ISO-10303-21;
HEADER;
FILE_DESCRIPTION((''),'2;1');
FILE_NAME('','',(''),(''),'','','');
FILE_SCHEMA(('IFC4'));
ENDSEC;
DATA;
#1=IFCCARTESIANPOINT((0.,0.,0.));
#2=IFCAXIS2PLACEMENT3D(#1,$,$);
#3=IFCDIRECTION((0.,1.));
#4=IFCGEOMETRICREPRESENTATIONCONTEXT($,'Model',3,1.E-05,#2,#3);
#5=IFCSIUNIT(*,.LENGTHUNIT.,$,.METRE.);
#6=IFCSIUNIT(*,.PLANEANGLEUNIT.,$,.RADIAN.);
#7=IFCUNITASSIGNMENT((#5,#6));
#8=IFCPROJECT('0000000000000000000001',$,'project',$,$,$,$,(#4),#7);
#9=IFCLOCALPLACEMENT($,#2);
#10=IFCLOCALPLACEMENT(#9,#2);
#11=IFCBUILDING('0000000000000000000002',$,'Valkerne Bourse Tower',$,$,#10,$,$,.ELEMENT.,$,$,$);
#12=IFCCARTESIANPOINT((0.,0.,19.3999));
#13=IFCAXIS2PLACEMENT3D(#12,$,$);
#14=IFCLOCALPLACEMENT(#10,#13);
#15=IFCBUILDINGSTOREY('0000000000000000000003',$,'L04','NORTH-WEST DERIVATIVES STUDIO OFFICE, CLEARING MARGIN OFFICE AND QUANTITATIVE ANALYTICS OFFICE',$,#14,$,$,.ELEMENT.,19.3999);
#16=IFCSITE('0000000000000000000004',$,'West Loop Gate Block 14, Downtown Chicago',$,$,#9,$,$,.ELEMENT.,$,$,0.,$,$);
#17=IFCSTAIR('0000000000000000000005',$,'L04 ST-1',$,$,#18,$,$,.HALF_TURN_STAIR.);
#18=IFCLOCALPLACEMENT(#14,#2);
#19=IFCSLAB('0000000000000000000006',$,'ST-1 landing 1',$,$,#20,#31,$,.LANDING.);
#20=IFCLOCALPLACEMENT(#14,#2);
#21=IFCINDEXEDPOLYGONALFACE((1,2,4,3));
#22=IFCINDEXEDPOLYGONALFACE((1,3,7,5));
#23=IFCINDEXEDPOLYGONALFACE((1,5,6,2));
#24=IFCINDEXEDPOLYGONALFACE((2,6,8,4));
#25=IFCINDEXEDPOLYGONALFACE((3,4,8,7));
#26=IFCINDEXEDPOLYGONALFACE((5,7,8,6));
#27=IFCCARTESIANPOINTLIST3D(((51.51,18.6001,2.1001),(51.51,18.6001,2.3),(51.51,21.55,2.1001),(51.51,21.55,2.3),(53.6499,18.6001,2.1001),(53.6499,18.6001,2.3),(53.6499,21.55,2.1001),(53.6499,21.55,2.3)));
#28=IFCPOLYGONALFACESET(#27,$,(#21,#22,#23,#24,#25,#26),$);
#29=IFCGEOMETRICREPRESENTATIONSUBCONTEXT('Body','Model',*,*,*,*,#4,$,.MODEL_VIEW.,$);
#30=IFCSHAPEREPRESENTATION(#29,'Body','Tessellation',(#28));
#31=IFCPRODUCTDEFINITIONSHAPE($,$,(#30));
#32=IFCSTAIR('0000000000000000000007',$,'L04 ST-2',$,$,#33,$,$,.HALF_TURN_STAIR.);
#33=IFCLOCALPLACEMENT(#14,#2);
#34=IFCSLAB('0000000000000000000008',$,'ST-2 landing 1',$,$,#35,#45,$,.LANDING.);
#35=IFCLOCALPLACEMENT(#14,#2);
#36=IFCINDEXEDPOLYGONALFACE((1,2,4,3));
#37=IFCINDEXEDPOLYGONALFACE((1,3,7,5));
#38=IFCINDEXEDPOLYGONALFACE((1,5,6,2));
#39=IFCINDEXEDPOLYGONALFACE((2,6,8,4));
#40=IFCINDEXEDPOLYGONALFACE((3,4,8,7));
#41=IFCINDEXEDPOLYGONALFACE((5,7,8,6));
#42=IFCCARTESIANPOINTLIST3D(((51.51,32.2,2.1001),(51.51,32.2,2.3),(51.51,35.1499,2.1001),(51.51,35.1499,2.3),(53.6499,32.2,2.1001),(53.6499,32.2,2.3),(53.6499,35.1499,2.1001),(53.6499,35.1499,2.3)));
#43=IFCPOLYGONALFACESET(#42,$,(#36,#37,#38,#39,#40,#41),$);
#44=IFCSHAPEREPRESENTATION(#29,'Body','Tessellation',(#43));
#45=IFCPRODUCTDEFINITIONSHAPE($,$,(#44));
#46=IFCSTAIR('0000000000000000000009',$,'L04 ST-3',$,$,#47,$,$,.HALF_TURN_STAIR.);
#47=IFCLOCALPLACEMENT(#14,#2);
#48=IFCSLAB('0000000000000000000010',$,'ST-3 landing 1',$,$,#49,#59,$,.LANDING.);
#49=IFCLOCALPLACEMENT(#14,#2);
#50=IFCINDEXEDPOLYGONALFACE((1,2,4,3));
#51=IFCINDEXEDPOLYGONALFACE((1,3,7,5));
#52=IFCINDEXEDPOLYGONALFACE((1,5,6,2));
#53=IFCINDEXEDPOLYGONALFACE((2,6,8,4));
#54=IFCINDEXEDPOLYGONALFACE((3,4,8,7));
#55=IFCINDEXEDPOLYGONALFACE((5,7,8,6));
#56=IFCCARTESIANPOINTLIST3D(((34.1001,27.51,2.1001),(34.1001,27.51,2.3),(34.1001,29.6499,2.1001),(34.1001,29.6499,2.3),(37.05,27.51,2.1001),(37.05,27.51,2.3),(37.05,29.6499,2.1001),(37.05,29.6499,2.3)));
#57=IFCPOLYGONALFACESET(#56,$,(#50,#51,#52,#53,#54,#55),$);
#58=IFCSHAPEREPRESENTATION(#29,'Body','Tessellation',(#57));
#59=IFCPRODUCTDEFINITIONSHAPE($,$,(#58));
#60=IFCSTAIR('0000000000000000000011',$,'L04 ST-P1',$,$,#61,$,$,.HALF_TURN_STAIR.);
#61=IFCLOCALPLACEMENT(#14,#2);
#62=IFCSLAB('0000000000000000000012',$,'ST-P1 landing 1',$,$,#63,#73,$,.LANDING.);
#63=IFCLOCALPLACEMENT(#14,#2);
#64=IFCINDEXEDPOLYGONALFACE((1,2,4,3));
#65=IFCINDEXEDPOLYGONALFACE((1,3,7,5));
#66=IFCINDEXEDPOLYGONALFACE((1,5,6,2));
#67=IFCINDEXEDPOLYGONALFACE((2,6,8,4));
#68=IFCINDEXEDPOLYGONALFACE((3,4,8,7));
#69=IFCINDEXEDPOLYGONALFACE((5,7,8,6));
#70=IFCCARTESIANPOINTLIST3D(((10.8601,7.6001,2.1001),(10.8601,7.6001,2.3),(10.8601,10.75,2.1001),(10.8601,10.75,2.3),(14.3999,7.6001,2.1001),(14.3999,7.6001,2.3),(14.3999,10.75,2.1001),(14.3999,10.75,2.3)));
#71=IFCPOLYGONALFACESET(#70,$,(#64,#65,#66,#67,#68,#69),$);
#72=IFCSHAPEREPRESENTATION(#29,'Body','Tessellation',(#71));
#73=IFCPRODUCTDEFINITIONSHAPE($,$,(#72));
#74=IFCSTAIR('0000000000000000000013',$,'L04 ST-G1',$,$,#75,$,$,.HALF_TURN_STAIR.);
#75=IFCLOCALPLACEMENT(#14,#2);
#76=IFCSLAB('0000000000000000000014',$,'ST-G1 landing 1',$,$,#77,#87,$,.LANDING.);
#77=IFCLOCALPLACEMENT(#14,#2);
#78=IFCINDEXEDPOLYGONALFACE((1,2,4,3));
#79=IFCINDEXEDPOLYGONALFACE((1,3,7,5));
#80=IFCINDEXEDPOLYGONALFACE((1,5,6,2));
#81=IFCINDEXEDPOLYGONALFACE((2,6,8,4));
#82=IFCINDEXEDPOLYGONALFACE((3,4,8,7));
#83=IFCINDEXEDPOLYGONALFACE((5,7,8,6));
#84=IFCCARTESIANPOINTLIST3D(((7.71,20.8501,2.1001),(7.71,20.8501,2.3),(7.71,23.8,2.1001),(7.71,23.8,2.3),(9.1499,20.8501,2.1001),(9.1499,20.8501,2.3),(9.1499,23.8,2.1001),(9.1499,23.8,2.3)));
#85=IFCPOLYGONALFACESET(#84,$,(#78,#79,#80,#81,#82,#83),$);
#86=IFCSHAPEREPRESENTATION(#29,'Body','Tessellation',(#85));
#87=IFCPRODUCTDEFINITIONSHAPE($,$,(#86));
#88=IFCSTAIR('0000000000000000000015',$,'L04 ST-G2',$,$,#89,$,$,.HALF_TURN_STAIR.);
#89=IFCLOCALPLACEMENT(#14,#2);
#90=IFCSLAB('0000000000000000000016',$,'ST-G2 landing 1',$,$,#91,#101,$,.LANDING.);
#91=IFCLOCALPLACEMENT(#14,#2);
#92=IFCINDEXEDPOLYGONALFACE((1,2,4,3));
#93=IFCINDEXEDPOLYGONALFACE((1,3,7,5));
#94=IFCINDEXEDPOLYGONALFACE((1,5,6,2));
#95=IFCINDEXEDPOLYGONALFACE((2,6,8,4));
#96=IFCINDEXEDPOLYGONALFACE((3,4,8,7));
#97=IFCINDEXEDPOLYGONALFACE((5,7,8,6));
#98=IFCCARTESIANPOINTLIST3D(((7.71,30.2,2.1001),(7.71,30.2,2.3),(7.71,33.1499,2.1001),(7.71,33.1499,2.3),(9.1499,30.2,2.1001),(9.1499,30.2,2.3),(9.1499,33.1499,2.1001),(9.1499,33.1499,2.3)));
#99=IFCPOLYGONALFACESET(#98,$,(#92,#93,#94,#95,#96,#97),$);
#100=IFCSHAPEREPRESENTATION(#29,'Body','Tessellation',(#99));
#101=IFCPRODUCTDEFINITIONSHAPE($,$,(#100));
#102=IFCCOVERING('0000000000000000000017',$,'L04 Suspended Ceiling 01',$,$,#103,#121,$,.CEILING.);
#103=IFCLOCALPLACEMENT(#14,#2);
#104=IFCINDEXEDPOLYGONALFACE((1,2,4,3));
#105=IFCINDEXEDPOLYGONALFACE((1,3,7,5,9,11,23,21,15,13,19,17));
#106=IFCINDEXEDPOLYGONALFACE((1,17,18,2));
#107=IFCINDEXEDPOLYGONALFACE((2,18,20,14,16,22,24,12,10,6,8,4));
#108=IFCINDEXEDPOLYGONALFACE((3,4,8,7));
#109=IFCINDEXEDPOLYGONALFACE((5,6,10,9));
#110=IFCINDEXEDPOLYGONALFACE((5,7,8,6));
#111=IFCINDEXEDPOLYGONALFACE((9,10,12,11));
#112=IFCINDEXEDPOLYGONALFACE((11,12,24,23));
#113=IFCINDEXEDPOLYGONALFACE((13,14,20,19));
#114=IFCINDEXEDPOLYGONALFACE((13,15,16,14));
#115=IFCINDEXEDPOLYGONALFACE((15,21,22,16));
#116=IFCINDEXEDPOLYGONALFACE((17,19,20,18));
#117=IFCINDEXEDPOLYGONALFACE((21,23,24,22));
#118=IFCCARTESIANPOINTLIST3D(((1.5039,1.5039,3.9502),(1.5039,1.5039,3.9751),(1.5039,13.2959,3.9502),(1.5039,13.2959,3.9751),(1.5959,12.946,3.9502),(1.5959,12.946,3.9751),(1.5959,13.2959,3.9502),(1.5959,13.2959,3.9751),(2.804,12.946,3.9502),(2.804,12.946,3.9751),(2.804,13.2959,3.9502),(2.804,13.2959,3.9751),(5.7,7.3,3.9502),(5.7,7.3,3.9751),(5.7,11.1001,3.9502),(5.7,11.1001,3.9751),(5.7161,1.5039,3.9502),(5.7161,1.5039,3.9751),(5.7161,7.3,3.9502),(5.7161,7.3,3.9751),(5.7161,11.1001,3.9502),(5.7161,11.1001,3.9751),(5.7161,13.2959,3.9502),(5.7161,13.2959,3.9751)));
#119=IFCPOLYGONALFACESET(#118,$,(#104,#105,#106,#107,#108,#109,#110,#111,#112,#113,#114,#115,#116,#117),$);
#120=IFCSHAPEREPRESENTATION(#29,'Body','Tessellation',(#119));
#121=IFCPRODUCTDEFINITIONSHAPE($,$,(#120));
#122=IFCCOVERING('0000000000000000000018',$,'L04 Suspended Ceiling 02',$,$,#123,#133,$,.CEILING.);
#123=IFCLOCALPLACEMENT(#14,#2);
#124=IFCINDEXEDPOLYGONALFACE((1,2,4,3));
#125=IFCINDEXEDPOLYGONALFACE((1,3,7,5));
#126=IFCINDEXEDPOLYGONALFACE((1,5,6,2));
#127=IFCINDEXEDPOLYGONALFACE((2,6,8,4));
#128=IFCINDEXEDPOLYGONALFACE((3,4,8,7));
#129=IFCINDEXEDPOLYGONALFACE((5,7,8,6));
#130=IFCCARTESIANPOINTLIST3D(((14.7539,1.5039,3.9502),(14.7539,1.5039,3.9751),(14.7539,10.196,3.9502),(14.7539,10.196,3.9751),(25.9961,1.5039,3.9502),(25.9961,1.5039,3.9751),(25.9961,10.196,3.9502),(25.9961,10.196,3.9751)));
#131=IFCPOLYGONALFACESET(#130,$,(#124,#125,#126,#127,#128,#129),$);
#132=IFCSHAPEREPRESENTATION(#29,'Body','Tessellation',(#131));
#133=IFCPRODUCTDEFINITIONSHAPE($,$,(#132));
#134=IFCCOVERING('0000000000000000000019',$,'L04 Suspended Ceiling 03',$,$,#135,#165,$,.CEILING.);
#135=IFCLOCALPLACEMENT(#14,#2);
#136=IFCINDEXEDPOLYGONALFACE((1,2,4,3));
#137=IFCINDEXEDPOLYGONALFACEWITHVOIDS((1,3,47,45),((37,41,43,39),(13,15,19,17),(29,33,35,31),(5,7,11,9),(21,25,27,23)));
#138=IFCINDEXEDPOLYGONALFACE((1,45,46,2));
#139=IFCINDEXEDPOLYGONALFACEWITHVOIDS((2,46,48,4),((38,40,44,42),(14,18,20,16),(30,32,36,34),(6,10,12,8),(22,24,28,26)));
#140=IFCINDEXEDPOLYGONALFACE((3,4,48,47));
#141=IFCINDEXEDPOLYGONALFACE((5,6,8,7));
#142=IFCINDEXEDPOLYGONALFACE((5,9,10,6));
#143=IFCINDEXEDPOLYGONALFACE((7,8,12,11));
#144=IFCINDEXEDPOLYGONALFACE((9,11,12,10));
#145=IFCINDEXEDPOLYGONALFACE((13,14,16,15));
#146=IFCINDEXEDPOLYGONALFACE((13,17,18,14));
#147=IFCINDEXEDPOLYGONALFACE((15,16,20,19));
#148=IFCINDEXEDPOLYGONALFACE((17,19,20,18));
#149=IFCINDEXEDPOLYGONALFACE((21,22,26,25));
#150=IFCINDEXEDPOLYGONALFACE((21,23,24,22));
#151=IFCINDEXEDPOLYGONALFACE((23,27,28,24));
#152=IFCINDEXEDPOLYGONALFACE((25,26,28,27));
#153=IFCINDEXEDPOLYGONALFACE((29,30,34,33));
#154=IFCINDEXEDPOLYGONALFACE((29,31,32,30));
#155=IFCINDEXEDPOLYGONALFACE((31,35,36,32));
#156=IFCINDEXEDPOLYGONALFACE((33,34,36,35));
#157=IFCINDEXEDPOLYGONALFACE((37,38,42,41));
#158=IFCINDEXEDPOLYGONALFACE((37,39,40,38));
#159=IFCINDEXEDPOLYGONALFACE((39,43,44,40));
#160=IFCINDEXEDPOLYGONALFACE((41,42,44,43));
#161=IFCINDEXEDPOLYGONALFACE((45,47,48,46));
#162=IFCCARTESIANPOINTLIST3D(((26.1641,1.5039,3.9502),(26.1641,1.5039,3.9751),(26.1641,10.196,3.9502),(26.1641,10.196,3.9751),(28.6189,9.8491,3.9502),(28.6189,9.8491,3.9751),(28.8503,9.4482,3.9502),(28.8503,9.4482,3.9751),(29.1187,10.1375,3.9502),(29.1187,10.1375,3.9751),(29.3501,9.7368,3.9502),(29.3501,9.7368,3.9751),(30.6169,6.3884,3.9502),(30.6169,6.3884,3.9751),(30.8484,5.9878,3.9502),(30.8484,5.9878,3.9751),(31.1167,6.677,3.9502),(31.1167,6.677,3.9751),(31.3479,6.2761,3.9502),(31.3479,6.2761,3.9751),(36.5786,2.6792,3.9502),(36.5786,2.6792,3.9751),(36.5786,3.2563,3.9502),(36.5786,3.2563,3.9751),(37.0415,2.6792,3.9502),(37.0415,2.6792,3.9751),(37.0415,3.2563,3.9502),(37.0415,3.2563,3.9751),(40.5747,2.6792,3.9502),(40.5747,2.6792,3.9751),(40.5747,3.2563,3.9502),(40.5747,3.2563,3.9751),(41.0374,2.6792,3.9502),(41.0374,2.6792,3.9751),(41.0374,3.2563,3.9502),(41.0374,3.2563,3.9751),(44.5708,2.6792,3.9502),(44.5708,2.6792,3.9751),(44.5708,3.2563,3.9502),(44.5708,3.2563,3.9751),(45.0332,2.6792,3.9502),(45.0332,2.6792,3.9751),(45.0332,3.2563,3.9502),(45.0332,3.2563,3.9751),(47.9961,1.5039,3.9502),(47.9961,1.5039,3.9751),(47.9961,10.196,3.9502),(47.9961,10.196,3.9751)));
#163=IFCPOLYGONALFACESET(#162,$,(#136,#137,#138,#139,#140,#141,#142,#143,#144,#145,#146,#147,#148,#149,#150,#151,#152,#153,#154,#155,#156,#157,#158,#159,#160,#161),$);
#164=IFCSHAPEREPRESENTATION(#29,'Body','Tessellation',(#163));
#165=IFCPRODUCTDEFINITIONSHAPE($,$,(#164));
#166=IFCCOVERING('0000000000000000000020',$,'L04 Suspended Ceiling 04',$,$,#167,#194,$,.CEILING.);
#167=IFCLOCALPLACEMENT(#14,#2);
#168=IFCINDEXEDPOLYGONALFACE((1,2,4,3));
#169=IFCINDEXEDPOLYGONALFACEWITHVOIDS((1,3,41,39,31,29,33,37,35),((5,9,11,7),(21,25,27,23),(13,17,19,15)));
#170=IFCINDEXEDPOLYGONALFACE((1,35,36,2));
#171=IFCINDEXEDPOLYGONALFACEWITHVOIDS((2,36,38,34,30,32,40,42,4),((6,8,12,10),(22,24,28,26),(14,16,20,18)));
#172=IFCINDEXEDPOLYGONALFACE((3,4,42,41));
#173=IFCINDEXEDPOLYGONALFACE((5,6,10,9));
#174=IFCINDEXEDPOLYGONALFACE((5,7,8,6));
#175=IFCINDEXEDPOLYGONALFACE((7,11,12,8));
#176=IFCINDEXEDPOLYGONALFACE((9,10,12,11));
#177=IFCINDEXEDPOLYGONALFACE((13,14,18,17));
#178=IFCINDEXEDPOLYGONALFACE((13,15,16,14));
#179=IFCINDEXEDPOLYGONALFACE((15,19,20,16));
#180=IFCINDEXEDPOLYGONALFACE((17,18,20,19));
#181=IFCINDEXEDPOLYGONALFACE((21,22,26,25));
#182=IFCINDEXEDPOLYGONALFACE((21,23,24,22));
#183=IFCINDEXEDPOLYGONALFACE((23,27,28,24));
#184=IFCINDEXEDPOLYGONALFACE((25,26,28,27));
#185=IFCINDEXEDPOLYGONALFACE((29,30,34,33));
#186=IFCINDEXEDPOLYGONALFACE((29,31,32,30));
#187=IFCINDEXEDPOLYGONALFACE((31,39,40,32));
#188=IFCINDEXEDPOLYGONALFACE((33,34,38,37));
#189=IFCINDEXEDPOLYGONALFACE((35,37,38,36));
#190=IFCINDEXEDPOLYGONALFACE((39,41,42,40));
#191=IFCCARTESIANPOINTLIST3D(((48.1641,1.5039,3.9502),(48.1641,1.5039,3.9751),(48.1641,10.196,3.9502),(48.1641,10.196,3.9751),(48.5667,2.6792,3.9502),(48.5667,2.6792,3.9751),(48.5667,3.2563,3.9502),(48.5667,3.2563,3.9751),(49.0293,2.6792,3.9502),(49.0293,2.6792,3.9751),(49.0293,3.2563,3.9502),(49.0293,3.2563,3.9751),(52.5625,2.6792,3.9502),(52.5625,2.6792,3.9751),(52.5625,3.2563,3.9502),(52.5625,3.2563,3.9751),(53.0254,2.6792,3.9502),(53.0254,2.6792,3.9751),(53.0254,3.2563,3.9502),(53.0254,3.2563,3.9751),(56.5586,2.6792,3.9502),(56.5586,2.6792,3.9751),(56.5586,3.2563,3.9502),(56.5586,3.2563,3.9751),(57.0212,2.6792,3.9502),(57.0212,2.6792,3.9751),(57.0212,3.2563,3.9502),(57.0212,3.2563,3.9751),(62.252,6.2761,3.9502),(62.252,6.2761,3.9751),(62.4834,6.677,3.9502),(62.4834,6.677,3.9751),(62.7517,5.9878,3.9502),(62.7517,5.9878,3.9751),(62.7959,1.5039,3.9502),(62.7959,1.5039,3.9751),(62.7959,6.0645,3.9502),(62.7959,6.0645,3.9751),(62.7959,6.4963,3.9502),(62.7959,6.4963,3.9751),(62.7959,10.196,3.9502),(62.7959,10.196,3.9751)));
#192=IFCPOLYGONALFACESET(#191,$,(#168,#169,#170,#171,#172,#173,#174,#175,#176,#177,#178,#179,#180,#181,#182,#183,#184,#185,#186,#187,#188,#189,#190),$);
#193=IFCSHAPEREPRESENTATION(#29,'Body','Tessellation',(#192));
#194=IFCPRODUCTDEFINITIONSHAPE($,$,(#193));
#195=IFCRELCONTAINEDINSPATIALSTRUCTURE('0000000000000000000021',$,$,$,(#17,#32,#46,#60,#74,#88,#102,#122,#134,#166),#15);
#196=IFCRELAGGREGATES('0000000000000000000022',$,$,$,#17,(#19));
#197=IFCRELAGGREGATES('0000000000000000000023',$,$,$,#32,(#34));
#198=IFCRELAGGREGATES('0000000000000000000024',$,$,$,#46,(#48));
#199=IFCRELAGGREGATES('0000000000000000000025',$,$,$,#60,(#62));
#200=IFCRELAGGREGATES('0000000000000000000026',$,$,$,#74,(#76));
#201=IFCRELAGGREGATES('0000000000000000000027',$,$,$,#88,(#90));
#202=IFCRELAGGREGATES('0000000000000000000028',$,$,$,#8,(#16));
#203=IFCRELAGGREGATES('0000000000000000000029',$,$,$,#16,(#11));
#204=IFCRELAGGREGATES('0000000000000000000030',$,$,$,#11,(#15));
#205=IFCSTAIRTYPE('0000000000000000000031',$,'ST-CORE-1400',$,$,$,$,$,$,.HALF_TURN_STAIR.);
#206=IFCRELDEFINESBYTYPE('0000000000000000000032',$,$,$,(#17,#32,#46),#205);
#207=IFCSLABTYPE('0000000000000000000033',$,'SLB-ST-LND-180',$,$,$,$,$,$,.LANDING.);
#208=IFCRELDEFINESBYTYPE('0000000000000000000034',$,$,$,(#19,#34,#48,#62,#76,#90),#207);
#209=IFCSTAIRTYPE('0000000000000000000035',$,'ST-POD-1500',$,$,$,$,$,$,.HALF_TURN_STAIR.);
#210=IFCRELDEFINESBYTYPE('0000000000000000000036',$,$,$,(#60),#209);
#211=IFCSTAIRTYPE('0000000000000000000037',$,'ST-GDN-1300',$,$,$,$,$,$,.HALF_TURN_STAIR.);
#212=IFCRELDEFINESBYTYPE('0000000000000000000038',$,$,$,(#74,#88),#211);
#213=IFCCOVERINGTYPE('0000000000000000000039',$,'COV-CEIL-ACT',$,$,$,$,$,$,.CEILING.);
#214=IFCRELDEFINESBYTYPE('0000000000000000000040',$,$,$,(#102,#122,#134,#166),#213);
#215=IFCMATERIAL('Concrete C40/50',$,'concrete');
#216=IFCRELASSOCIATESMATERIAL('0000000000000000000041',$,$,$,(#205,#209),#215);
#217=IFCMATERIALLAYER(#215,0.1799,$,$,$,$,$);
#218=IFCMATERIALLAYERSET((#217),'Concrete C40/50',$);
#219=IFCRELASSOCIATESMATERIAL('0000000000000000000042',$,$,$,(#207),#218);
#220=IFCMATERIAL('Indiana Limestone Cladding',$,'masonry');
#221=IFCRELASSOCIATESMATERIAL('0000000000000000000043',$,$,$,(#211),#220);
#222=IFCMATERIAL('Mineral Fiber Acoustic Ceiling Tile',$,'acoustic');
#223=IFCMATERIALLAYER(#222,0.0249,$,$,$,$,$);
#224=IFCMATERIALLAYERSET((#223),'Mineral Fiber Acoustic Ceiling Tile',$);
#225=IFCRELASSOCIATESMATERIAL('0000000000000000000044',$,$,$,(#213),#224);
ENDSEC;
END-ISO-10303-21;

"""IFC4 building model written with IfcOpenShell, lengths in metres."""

from ifc_helpers import new_model, si_unit, direction, frame, origin, place, context, subcontext, project, spatial, polyline, outline, extrude, material, layer, layer_set, type_object, element, aggregate, save


model = new_model("IFC4")

# Units and contexts
model_context = context("Model", 3, precision=1e-05, world=origin(), true_north=direction((0.0, 1.0)))
body_context = subcontext(model_context, "Body", "Model", "MODEL_VIEW")
ifc_project = project(units=[si_unit("LENGTHUNIT", "METRE"), si_unit("PLANEANGLEUNIT", "RADIAN")], contexts=[model_context])

# Site, building, storey
site_placement = place(None, origin())
site = spatial("IfcSite", under=ifc_project, at=site_placement, Name="West Loop Gate Block 14, Downtown Chicago", CompositionType="ELEMENT", RefElevation=0.0)
building_placement = place(site_placement, origin())
building = spatial("IfcBuilding", under=site, at=building_placement, Name="Valkerne Bourse Tower", CompositionType="ELEMENT")
storey_placement = place(building_placement, frame((0.0, 0.0, 19.3999)))
storey = spatial("IfcBuildingStorey", under=building, at=storey_placement, Name="L04", Description="NORTH-WEST DERIVATIVES STUDIO OFFICE, CLEARING MARGIN OFFICE AND QUANTITATIVE ANALYTICS OFFICE", CompositionType="ELEMENT", Elevation=19.3999)

# Stairs, slabs
ifc_material_1 = material(Name="Concrete C40/50", Category="concrete")
stair_type_1 = type_object("IfcStairType", Name="ST-CORE-1400", PredefinedType="HALF_TURN_STAIR", material=ifc_material_1)
stair_1_placement = place(storey_placement, origin())
stair_1 = element("IfcStair", 1, at=stair_1_placement, inside=storey, type_object=stair_type_1, Name="L04 ST-1", PredefinedType="HALF_TURN_STAIR")
ifc_layer_1 = layer(ifc_material_1, 0.1799)
ifc_layer_set_1 = layer_set([ifc_layer_1], Name="Concrete C40/50")
slab_type = type_object("IfcSlabType", Name="SLB-ST-LND-180", PredefinedType="LANDING", material=ifc_layer_set_1)
slab_1_placement = place(storey_placement, frame((0.0, 0.0, 2.1001)))
slab_1 = element("IfcSlab", 2, at=slab_1_placement, type_object=slab_type, Name="ST-1 landing 1", PredefinedType="LANDING", context=body_context, shape_type="SweptSolid", body=[
    extrude(outline(polyline([(51.51, 18.6001), (53.6499, 18.6001), (53.6499, 21.55), (51.51, 21.55), (51.51, 18.6001)])), origin(), (0.0, 0.0, 1.0), 0.2),
])
aggregate(stair_1, [slab_1])
stair_2_placement = place(storey_placement, origin())
stair_2 = element("IfcStair", 3, at=stair_2_placement, inside=storey, type_object=stair_type_1, Name="L04 ST-2", PredefinedType="HALF_TURN_STAIR")
slab_2_placement = place(storey_placement, frame((0.0, 0.0, 2.1001)))
slab_2 = element("IfcSlab", 4, at=slab_2_placement, type_object=slab_type, Name="ST-2 landing 1", PredefinedType="LANDING", context=body_context, shape_type="SweptSolid", body=[
    extrude(outline(polyline([(51.51, 32.2), (53.6499, 32.2), (53.6499, 35.1499), (51.51, 35.1499), (51.51, 32.2)])), origin(), (0.0, 0.0, 1.0), 0.2),
])
aggregate(stair_2, [slab_2])
stair_3_placement = place(storey_placement, origin())
stair_3 = element("IfcStair", 5, at=stair_3_placement, inside=storey, type_object=stair_type_1, Name="L04 ST-3", PredefinedType="HALF_TURN_STAIR")
slab_3_placement = place(storey_placement, frame((0.0, 0.0, 2.1001)))
slab_3 = element("IfcSlab", 6, at=slab_3_placement, type_object=slab_type, Name="ST-3 landing 1", PredefinedType="LANDING", context=body_context, shape_type="SweptSolid", body=[
    extrude(outline(polyline([(37.05, 27.51), (37.05, 29.6499), (34.1001, 29.6499), (34.1001, 27.51), (37.05, 27.51)])), origin(), (0.0, 0.0, 1.0), 0.2),
])
aggregate(stair_3, [slab_3])
stair_type_2 = type_object("IfcStairType", Name="ST-POD-1500", PredefinedType="HALF_TURN_STAIR", material=ifc_material_1)
stair_4_placement = place(storey_placement, origin())
stair_4 = element("IfcStair", 7, at=stair_4_placement, inside=storey, type_object=stair_type_2, Name="L04 ST-P1", PredefinedType="HALF_TURN_STAIR")
slab_4_placement = place(storey_placement, frame((0.0, 0.0, 2.1001)))
slab_4 = element("IfcSlab", 8, at=slab_4_placement, type_object=slab_type, Name="ST-P1 landing 1", PredefinedType="LANDING", context=body_context, shape_type="SweptSolid", body=[
    extrude(outline(polyline([(10.8601, 7.6001), (14.3999, 7.6001), (14.3999, 10.75), (10.8601, 10.75), (10.8601, 7.6001)])), origin(), (0.0, 0.0, 1.0), 0.2),
])
aggregate(stair_4, [slab_4])
ifc_material_2 = material(Name="Indiana Limestone Cladding", Category="masonry")
stair_type_3 = type_object("IfcStairType", Name="ST-GDN-1300", PredefinedType="HALF_TURN_STAIR", material=ifc_material_2)
stair_5_placement = place(storey_placement, origin())
stair_5 = element("IfcStair", 9, at=stair_5_placement, inside=storey, type_object=stair_type_3, Name="L04 ST-G1", PredefinedType="HALF_TURN_STAIR")
slab_5_placement = place(storey_placement, frame((0.0, 0.0, 2.1001)))
slab_5 = element("IfcSlab", 10, at=slab_5_placement, type_object=slab_type, Name="ST-G1 landing 1", PredefinedType="LANDING", context=body_context, shape_type="SweptSolid", body=[
    extrude(outline(polyline([(7.71, 20.8501), (9.1499, 20.8501), (9.1499, 23.8), (7.71, 23.8), (7.71, 20.8501)])), origin(), (0.0, 0.0, 1.0), 0.2),
])
aggregate(stair_5, [slab_5])
stair_6_placement = place(storey_placement, origin())
stair_6 = element("IfcStair", 11, at=stair_6_placement, inside=storey, type_object=stair_type_3, Name="L04 ST-G2", PredefinedType="HALF_TURN_STAIR")
slab_6_placement = place(storey_placement, frame((0.0, 0.0, 2.1001)))
slab_6 = element("IfcSlab", 12, at=slab_6_placement, type_object=slab_type, Name="ST-G2 landing 1", PredefinedType="LANDING", context=body_context, shape_type="SweptSolid", body=[
    extrude(outline(polyline([(7.71, 30.2), (9.1499, 30.2), (9.1499, 33.1499), (7.71, 33.1499), (7.71, 30.2)])), origin(), (0.0, 0.0, 1.0), 0.2),
])
aggregate(stair_6, [slab_6])

# Coverings
ifc_material_3 = material(Name="Mineral Fiber Acoustic Ceiling Tile", Category="acoustic")
ifc_layer_2 = layer(ifc_material_3, 0.0249)
ifc_layer_set_2 = layer_set([ifc_layer_2], Name="Mineral Fiber Acoustic Ceiling Tile")
covering_type_1 = type_object("IfcCoveringType", Name="COV-CEIL-ACT", PredefinedType="CEILING", material=ifc_layer_set_2)
covering_1_placement = place(storey_placement, frame((0.0, 0.0, 3.9502)))
element("IfcCovering", 13, at=covering_1_placement, inside=storey, type_object=covering_type_1, Name="L04 Suspended Ceiling 01", PredefinedType="CEILING", context=body_context, shape_type="SweptSolid", body=[
    extrude(outline(polyline([(1.5039, 13.2959), (1.5959, 13.2959), (1.5959, 12.946), (2.804, 12.946), (2.804, 13.2959), (5.7161, 13.2959), (5.7161, 11.1001), (5.7, 11.1001), (5.7, 7.3), (5.7161, 7.3), (5.7161, 1.5039), (1.5039, 1.5039), (1.5039, 13.2959)])), origin(), (0.0, 0.0, 1.0), 0.0249),
])
covering_2_placement = place(storey_placement, frame((0.0, 0.0, 3.9502)))
element("IfcCovering", 14, at=covering_2_placement, inside=storey, type_object=covering_type_1, Name="L04 Suspended Ceiling 02", PredefinedType="CEILING", context=body_context, shape_type="SweptSolid", body=[
    extrude(outline(polyline([(14.7539, 10.196), (25.9961, 10.196), (25.9961, 1.5039), (14.7539, 1.5039), (14.7539, 10.196)])), origin(), (0.0, 0.0, 1.0), 0.0249),
])
covering_3_placement = place(storey_placement, frame((0.0, 0.0, 3.9502)))
element("IfcCovering", 15, at=covering_3_placement, inside=storey, type_object=covering_type_1, Name="L04 Suspended Ceiling 03", PredefinedType="CEILING", context=body_context, shape_type="SweptSolid", body=[
    extrude(outline(polyline([(26.1641, 10.196), (47.9961, 10.196), (47.9961, 1.5039), (26.1641, 1.5039), (26.1641, 10.196)]), holes=[polyline([(30.6169, 6.3884), (30.8484, 5.9878), (31.3479, 6.2761), (31.1167, 6.677), (30.6169, 6.3884)]), polyline([(28.6189, 9.8491), (28.8503, 9.4482), (29.3501, 9.7368), (29.1187, 10.1375), (28.6189, 9.8491)]), polyline([(36.5786, 3.2563), (36.5786, 2.6792), (37.0415, 2.6792), (37.0415, 3.2563), (36.5786, 3.2563)]), polyline([(41.0374, 3.2563), (40.5747, 3.2563), (40.5747, 2.6792), (41.0374, 2.6792), (41.0374, 3.2563)]), polyline([(44.5708, 3.2563), (44.5708, 2.6792), (45.0332, 2.6792), (45.0332, 3.2563), (44.5708, 3.2563)])]), origin(), (0.0, 0.0, 1.0), 0.0249),
])
covering_4_placement = place(storey_placement, frame((0.0, 0.0, 3.9502)))
element("IfcCovering", 16, at=covering_4_placement, inside=storey, type_object=covering_type_1, Name="L04 Suspended Ceiling 04", PredefinedType="CEILING", context=body_context, shape_type="SweptSolid", body=[
    extrude(outline(polyline([(48.1641, 10.196), (62.7959, 10.196), (62.7959, 6.4963), (62.4834, 6.677), (62.252, 6.2761), (62.7517, 5.9878), (62.7959, 6.0645), (62.7959, 1.5039), (48.1641, 1.5039), (48.1641, 10.196)]), holes=[polyline([(56.5586, 3.2563), (56.5586, 2.6792), (57.0212, 2.6792), (57.0212, 3.2563), (56.5586, 3.2563)]), polyline([(53.0254, 3.2563), (52.5625, 3.2563), (52.5625, 2.6792), (53.0254, 2.6792), (53.0254, 3.2563)]), polyline([(49.0293, 3.2563), (48.5667, 3.2563), (48.5667, 2.6792), (49.0293, 2.6792), (49.0293, 3.2563)])]), origin(), (0.0, 0.0, 1.0), 0.0249),
])

save(model, "model.ifc")
